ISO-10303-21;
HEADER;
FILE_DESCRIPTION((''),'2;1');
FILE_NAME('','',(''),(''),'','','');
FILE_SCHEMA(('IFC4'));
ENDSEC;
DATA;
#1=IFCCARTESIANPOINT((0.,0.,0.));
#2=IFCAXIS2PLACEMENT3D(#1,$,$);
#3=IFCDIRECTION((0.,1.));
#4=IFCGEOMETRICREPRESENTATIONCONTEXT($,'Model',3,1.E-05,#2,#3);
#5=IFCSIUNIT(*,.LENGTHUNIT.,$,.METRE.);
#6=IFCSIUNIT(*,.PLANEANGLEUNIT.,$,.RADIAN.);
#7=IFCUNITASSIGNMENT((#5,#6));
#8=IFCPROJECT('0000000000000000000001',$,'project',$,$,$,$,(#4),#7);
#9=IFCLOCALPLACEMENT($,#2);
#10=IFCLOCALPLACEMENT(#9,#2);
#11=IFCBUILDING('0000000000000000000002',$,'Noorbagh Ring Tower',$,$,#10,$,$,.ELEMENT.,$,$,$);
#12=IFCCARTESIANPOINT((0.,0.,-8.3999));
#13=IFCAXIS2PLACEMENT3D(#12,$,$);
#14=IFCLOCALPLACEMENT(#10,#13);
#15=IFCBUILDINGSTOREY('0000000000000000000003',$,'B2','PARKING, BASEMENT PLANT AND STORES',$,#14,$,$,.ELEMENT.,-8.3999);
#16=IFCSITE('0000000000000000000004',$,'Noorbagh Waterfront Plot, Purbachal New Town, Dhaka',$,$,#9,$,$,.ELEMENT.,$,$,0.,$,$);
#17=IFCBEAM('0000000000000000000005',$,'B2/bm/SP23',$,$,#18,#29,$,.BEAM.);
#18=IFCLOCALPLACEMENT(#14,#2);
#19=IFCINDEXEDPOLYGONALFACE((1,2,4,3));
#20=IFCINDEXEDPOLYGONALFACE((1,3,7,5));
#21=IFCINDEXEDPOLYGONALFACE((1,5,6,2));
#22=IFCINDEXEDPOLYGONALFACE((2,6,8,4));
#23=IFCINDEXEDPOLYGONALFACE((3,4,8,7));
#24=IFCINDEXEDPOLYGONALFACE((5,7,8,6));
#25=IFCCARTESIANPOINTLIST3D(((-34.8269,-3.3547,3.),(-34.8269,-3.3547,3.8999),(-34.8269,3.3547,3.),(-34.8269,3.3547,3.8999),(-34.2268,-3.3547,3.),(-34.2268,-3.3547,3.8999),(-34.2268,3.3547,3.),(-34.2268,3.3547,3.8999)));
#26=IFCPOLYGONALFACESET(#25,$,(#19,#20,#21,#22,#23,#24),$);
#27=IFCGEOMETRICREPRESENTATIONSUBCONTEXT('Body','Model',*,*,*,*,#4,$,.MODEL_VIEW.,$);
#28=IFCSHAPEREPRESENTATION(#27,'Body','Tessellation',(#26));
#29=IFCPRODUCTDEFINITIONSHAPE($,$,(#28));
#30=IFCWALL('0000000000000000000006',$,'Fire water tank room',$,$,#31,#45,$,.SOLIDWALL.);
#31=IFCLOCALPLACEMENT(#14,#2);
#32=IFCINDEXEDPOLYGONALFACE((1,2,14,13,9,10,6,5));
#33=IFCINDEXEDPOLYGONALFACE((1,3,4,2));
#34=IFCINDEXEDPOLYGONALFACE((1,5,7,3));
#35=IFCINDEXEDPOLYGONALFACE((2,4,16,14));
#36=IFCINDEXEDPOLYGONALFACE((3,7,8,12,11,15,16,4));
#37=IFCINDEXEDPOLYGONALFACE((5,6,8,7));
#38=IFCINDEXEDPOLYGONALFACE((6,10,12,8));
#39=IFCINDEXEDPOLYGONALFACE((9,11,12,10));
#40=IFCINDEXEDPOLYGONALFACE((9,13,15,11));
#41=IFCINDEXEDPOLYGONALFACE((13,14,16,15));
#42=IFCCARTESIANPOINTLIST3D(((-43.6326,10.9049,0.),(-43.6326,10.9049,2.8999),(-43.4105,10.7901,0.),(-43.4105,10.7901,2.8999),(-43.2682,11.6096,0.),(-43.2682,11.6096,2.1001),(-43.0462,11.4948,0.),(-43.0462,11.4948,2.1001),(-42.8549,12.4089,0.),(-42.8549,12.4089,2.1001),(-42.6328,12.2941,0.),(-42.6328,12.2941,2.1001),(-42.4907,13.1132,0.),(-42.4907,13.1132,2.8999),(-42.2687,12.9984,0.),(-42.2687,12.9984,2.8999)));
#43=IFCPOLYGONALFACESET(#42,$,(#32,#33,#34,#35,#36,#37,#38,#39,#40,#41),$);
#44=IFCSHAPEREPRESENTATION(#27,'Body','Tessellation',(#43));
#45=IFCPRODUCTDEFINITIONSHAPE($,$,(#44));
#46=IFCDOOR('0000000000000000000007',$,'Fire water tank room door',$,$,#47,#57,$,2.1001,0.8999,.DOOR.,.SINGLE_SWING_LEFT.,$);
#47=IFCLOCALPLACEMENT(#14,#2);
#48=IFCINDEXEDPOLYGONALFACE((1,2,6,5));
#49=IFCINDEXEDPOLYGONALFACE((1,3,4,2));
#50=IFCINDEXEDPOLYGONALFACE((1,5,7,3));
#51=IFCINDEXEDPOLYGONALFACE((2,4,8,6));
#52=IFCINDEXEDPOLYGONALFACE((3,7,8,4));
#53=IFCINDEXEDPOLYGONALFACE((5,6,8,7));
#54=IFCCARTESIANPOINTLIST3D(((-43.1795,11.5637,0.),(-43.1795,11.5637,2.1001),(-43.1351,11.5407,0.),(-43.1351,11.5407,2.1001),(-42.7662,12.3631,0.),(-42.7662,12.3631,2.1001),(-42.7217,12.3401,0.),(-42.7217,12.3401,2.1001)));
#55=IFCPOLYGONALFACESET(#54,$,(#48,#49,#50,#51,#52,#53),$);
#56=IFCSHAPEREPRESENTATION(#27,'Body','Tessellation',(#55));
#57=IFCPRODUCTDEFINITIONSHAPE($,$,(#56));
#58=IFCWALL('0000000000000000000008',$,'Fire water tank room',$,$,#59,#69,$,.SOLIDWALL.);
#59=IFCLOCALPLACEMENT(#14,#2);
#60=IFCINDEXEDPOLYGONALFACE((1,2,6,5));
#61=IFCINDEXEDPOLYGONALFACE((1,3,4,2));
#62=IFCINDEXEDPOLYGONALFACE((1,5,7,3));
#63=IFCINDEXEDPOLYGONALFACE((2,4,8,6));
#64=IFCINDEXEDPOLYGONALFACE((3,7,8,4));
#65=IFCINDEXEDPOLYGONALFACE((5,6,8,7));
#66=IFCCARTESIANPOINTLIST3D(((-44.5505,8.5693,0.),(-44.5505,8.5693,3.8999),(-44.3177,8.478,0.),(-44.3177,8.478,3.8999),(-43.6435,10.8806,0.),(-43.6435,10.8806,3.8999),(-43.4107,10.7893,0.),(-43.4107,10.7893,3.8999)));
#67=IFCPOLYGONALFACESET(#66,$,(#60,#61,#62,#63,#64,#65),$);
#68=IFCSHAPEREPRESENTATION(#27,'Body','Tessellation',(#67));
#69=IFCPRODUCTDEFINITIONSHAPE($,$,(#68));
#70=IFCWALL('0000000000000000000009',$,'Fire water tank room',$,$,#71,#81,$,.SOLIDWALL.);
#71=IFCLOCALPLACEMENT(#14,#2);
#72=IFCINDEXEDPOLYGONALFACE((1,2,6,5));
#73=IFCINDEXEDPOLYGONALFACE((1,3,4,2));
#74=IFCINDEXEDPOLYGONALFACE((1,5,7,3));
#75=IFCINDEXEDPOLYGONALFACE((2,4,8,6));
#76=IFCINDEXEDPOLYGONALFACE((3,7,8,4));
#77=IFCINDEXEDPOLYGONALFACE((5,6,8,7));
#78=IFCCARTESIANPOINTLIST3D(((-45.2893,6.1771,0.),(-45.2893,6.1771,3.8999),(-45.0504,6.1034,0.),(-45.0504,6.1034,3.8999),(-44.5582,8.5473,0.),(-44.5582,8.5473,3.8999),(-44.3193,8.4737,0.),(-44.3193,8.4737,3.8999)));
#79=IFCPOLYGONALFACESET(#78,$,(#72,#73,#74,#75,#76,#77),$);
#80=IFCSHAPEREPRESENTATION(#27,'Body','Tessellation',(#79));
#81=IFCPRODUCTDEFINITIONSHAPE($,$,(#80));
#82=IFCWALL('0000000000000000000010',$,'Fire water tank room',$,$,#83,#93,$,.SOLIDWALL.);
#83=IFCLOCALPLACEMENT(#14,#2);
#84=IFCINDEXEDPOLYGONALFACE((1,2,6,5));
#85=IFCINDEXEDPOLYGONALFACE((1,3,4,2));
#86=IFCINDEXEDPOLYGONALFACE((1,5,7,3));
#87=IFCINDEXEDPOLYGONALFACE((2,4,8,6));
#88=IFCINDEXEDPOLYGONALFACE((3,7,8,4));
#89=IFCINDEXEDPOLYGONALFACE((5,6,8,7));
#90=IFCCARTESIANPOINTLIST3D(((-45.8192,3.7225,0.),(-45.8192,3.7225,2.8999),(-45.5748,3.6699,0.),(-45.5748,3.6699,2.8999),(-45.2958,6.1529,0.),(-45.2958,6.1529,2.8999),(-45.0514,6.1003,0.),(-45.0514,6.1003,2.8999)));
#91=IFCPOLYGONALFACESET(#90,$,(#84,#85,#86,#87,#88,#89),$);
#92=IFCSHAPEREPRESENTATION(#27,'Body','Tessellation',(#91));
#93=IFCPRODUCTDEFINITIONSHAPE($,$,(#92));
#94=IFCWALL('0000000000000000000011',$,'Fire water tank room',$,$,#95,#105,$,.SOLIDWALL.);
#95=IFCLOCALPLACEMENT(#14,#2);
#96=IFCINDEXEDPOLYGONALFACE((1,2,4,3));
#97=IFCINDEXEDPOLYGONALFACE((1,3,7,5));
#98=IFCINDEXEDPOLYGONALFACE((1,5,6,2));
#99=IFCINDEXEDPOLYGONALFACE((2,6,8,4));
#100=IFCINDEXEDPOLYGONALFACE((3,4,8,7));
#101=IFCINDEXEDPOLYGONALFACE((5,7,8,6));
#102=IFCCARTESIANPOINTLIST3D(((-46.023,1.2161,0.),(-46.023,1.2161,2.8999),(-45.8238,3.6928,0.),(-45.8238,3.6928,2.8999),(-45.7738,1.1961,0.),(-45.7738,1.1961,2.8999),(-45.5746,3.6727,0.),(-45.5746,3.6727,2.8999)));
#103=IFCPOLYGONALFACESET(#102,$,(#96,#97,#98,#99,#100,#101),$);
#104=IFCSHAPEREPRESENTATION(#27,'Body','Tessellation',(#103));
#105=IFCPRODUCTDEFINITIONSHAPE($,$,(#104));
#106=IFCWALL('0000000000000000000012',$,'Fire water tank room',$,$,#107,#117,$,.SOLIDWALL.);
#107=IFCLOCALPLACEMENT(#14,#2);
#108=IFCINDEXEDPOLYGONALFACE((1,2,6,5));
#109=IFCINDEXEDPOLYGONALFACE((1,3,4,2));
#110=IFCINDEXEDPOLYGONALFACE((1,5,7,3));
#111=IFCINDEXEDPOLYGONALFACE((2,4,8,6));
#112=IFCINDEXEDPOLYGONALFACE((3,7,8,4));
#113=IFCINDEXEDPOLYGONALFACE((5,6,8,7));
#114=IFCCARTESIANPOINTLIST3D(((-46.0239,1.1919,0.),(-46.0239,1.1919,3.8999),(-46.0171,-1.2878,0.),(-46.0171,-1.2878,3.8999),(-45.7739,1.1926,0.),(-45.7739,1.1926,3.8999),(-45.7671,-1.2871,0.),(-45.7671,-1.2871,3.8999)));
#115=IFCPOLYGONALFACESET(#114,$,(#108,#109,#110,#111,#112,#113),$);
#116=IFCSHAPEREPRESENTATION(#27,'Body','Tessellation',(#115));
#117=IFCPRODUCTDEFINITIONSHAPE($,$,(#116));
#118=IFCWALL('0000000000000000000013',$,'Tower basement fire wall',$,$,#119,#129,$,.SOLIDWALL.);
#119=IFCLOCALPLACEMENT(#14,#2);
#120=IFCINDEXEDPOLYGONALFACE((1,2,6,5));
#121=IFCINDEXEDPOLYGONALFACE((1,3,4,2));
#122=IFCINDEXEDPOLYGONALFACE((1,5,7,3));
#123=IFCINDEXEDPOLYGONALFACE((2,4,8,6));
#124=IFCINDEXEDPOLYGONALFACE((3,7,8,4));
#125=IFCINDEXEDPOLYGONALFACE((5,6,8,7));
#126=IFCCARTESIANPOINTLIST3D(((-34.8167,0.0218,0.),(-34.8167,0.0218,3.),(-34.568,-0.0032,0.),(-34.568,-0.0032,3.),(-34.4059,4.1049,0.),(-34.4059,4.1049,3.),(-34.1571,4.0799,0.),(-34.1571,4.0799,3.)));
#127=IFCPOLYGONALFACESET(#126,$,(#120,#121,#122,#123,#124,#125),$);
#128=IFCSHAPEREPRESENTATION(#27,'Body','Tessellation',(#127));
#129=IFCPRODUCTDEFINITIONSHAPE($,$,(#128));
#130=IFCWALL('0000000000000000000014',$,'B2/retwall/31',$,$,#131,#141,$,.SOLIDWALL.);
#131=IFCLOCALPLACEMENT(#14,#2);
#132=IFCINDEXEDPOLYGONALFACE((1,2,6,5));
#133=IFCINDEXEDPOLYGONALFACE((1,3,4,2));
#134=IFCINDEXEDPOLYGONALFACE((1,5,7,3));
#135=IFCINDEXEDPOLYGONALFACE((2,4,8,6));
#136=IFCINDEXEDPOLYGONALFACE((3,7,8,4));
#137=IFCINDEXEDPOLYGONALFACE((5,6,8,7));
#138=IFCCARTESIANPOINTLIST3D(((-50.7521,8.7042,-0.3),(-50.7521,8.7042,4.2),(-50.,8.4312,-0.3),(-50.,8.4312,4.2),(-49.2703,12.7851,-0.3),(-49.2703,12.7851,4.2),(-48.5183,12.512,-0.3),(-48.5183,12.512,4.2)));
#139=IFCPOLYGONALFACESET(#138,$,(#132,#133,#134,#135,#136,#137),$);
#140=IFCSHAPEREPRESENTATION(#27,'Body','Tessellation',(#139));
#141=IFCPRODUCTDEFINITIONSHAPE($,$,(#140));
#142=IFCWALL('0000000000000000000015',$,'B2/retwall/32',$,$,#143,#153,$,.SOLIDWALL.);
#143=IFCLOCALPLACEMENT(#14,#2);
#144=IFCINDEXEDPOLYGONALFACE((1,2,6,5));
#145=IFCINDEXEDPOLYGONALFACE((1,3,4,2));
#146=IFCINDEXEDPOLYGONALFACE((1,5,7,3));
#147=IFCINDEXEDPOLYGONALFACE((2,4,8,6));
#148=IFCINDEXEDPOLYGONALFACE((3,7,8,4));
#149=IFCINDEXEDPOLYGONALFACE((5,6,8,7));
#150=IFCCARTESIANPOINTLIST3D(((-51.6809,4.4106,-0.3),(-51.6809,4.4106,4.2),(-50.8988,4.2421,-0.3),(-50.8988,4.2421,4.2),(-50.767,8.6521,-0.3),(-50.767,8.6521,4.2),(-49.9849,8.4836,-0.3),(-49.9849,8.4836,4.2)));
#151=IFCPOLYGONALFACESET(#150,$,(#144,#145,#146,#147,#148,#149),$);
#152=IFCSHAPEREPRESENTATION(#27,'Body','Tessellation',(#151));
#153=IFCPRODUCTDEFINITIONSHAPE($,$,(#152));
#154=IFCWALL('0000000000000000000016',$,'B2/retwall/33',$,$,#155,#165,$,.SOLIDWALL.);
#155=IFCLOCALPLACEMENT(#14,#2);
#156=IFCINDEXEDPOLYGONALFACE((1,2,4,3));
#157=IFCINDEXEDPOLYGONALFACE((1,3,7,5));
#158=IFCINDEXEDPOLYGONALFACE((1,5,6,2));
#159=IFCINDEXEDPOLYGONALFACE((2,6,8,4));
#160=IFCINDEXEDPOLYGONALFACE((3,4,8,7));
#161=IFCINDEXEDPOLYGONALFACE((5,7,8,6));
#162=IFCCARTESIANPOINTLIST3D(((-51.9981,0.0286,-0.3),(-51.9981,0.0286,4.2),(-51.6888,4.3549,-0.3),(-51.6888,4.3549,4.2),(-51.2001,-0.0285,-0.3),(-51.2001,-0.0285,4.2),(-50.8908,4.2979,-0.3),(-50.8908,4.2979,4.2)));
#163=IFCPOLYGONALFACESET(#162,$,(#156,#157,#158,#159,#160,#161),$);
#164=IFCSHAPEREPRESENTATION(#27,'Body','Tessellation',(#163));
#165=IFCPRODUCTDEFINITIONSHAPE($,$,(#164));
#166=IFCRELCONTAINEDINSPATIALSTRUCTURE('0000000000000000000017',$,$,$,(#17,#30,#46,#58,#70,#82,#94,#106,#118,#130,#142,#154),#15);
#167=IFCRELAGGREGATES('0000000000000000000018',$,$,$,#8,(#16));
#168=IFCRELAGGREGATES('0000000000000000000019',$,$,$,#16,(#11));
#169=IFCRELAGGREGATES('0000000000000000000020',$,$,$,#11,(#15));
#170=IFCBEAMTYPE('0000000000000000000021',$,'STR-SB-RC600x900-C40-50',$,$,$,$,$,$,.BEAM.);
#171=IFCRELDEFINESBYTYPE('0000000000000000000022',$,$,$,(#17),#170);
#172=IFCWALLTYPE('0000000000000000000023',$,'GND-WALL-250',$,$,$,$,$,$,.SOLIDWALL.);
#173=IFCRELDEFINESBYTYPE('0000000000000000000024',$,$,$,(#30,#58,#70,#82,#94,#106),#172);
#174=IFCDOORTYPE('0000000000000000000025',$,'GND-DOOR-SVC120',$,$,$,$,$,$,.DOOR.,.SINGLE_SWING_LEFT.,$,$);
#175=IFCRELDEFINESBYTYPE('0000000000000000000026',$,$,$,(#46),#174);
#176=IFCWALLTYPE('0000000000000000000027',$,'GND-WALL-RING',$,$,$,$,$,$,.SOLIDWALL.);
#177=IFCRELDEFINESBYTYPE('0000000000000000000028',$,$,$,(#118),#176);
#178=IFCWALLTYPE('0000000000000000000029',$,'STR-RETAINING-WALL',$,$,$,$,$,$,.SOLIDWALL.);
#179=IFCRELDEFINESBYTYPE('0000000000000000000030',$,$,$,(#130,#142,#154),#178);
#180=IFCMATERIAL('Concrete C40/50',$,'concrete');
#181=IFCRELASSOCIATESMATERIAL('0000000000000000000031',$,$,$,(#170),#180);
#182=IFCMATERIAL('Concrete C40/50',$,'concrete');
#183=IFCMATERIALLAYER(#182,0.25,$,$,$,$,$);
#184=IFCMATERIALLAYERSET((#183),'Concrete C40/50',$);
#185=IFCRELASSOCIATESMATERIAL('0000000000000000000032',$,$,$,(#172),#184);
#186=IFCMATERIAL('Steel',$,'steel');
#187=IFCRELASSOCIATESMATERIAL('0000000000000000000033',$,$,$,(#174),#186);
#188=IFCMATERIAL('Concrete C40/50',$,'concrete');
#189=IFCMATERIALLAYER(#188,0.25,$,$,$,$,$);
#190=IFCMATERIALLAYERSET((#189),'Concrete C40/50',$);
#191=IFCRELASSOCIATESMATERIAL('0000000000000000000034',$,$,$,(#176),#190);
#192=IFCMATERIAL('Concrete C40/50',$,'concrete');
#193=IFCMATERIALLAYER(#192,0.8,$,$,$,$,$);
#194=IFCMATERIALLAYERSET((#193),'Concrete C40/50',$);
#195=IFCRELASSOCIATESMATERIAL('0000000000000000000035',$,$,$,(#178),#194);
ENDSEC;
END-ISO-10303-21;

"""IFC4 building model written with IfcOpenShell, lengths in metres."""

from ifc_helpers import new_model, si_unit, direction, frame, frame_2d, origin, origin_2d, place, context, subcontext, project, spatial, rectangle, extrude, material, layer, layer_set, material_profile, profile_set, type_object, element, fill, save


model = new_model("IFC4")

# Units and contexts
model_context = context("Model", 3, precision=1e-05, world=origin(), true_north=direction((0.0, 1.0)))
body_context = subcontext(model_context, "Body", "Model", "MODEL_VIEW")
ifc_project = project(units=[si_unit("LENGTHUNIT", "METRE"), si_unit("PLANEANGLEUNIT", "RADIAN")], contexts=[model_context])

# Site, building, storey
site_placement = place(None, origin())
site = spatial("IfcSite", under=ifc_project, at=site_placement, Name="Noorbagh Waterfront Plot, Purbachal New Town, Dhaka", CompositionType="ELEMENT", RefElevation=0.0)
building_placement = place(site_placement, origin())
building = spatial("IfcBuilding", under=site, at=building_placement, Name="Noorbagh Ring Tower", CompositionType="ELEMENT")
storey_placement = place(building_placement, frame((0.0, 0.0, -8.3999)))
storey = spatial("IfcBuildingStorey", under=building, at=storey_placement, Name="B2", Description="PARKING, BASEMENT PLANT AND STORES", CompositionType="ELEMENT", Elevation=-8.3999)

# Beam
ifc_material_1 = material(Name="Concrete C40/50", Category="concrete")
ifc_material_profile_1 = material_profile(ifc_material_1, rectangle(XDim=0.6001, YDim=0.8999, at=origin_2d()), Name="RC600x900")
ifc_profile_set_1 = profile_set([ifc_material_profile_1], Name="Concrete C40/50")
beam_type_1 = type_object("IfcBeamType", Name="STR-SB-RC600x900-C40-50", PredefinedType="BEAM", material=ifc_profile_set_1)
beam_1_placement = place(storey_placement, frame((-34.5269, 3.3547, 3.45), z_axis=(0.0, -1.0, 0.0), x_axis=(1.0, 0.0, 0.0)))
element("IfcBeam", 1, at=beam_1_placement, inside=storey, type_object=beam_type_1, Name="B2/bm/SP23", PredefinedType="BEAM", context=body_context, shape_type="SweptSolid", body=[
    extrude(rectangle(XDim=0.6001, YDim=0.8999, at=origin_2d()), origin(), (0.0, 0.0, 1.0), 6.7095),
])

# Wall, opening, door
ifc_material_2 = material(Name="Concrete C40/50", Category="concrete")
ifc_layer_1 = layer(ifc_material_2, 0.25)
ifc_layer_set_1 = layer_set([ifc_layer_1], Name="Concrete C40/50")
wall_type_1 = type_object("IfcWallType", Name="GND-WALL-250", PredefinedType="SOLIDWALL", material=ifc_layer_set_1)
wall_1_placement = place(storey_placement, frame((-42.3796, 13.0559, 0.0), z_axis=(0.0, 0.0, 1.0), x_axis=(-0.459311, -0.888276, 0.0)))
wall_1 = element("IfcWall", 2, at=wall_1_placement, inside=storey, type_object=wall_type_1, Name="Fire water tank room", PredefinedType="SOLIDWALL", context=body_context, shape_type="SweptSolid", body=[
    extrude(rectangle(XDim=2.4861, YDim=0.25, at=frame_2d((1.2432, 0.0))), origin(), (0.0, 0.0, 1.0), 2.8999),
])
opening_placement = place(wall_1_placement, frame((0.793, 0.0, 0.0)))
opening = element("IfcOpeningElement", 3, at=opening_placement, cuts=wall_1, PredefinedType="OPENING", context=body_context, shape_type="SweptSolid", body=[
    extrude(rectangle(XDim=0.8999, YDim=2.1001, at=frame_2d((0.45, 1.05))), frame((0.0, 0.135, 0.0), z_axis=(0.0, -1.0, 0.0), x_axis=(1.0, 0.0, 0.0)), (0.0, 0.0, 1.0), 0.27),
])
ifc_material_3 = material(Name="Steel", Category="steel")
door_type = type_object("IfcDoorType", Name="GND-DOOR-SVC120", OperationType="SINGLE_SWING_LEFT", PredefinedType="DOOR", material=ifc_material_3)
door_placement = place(opening_placement, origin())
door = element("IfcDoor", 4, at=door_placement, inside=storey, type_object=door_type, Name="Fire water tank room door", OperationType="SINGLE_SWING_LEFT", OverallHeight=2.1001, OverallWidth=0.8999, PredefinedType="DOOR", context=body_context, shape_type="SweptSolid", body=[
    extrude(rectangle(XDim=0.8999, YDim=2.1001, at=frame_2d((0.45, 1.05))), frame((0.0, 0.0249, 0.0), z_axis=(0.0, -1.0, 0.0), x_axis=(1.0, 0.0, 0.0)), (0.0, 0.0, 1.0), 0.05),
])
fill(opening, door)

# Walls
wall_2_placement = place(storey_placement, frame((-43.5271, 10.835, 0.0), z_axis=(0.0, 0.0, 1.0), x_axis=(-0.365296, -0.930891, 0.0)))
element("IfcWall", 5, at=wall_2_placement, inside=storey, type_object=wall_type_1, Name="Fire water tank room", PredefinedType="SOLIDWALL", context=body_context, shape_type="SweptSolid", body=[
    extrude(rectangle(XDim=2.4829, YDim=0.25, at=frame_2d((1.2415, 0.0))), origin(), (0.0, 0.0, 1.0), 3.8999),
])
wall_3_placement = place(storey_placement, frame((-44.4387, 8.5105, 0.0), z_axis=(0.0, 0.0, 1.0), x_axis=(-0.29477, -0.955568, 0.0)))
element("IfcWall", 6, at=wall_3_placement, inside=storey, type_object=wall_type_1, Name="Fire water tank room", PredefinedType="SOLIDWALL", context=body_context, shape_type="SweptSolid", body=[
    extrude(rectangle(XDim=2.4805, YDim=0.25, at=frame_2d((1.2402, 0.0))), origin(), (0.0, 0.0, 1.0), 3.8999),
])
wall_4_placement = place(storey_placement, frame((-45.1736, 6.1267, 0.0), z_axis=(0.0, 0.0, 1.0), x_axis=(-0.210542, -0.977585, 0.0)))
element("IfcWall", 7, at=wall_4_placement, inside=storey, type_object=wall_type_1, Name="Fire water tank room", PredefinedType="SOLIDWALL", context=body_context, shape_type="SweptSolid", body=[
    extrude(rectangle(XDim=2.4861, YDim=0.25, at=frame_2d((1.2432, 0.0))), origin(), (0.0, 0.0, 1.0), 2.8999),
])
wall_5_placement = place(storey_placement, frame((-45.6992, 3.6826, 0.0), z_axis=(0.0, 0.0, 1.0), x_axis=(-0.080183, -0.99678, 0.0)))
element("IfcWall", 8, at=wall_5_placement, inside=storey, type_object=wall_type_1, Name="Fire water tank room", PredefinedType="SOLIDWALL", context=body_context, shape_type="SweptSolid", body=[
    extrude(rectangle(XDim=2.4846, YDim=0.25, at=frame_2d((1.2422, 0.0))), origin(), (0.0, 0.0, 1.0), 2.8999),
])
wall_6_placement = place(storey_placement, frame((-45.8989, 1.1921, 0.0), z_axis=(0.0, 0.0, 1.0), x_axis=(0.002757, -0.999996, 0.0)))
element("IfcWall", 9, at=wall_6_placement, inside=storey, type_object=wall_type_1, Name="Fire water tank room", PredefinedType="SOLIDWALL", context=body_context, shape_type="SweptSolid", body=[
    extrude(rectangle(XDim=2.4797, YDim=0.25, at=frame_2d((1.2397, 0.0))), origin(), (0.0, 0.0, 1.0), 3.8999),
])
ifc_material_4 = material(Name="Concrete C40/50", Category="concrete")
ifc_layer_2 = layer(ifc_material_4, 0.25)
ifc_layer_set_2 = layer_set([ifc_layer_2], Name="Concrete C40/50")
wall_type_2 = type_object("IfcWallType", Name="GND-WALL-RING", PredefinedType="SOLIDWALL", material=ifc_layer_set_2)
wall_7_placement = place(storey_placement, frame((-34.2815, 4.0923, 0.0), z_axis=(0.0, 0.0, 1.0), x_axis=(-0.100122, -0.994975, 0.0)))
element("IfcWall", 10, at=wall_7_placement, inside=storey, type_object=wall_type_2, Name="Tower basement fire wall", PredefinedType="SOLIDWALL", context=body_context, shape_type="SweptSolid", body=[
    extrude(rectangle(XDim=4.1038, YDim=0.25, at=frame_2d((2.0518, 0.0))), origin(), (0.0, 0.0, 1.0), 3.0),
])
ifc_material_5 = material(Name="Concrete C40/50", Category="concrete")
ifc_layer_3 = layer(ifc_material_5, 0.8)
ifc_layer_set_3 = layer_set([ifc_layer_3], Name="Concrete C40/50")
wall_type_3 = type_object("IfcWallType", Name="STR-RETAINING-WALL", PredefinedType="SOLIDWALL", material=ifc_layer_set_3)
wall_8_placement = place(storey_placement, frame((-48.8943, 12.6487, -0.3), z_axis=(0.0, 0.0, 1.0), x_axis=(-0.341287, -0.939959, 0.0)))
element("IfcWall", 11, at=wall_8_placement, inside=storey, type_object=wall_type_3, Name="B2/retwall/31", PredefinedType="SOLIDWALL", context=body_context, shape_type="SweptSolid", body=[
    extrude(rectangle(XDim=4.3416, YDim=0.8, at=frame_2d((2.1709, 0.0))), origin(), (0.0, 0.0, 1.0), 4.5),
])
wall_9_placement = place(storey_placement, frame((-50.376, 8.5679, -0.3), z_axis=(0.0, 0.0, 1.0), x_axis=(-0.210616, -0.977569, 0.0)))
element("IfcWall", 12, at=wall_9_placement, inside=storey, type_object=wall_type_3, Name="B2/retwall/32", PredefinedType="SOLIDWALL", context=body_context, shape_type="SweptSolid", body=[
    extrude(rectangle(XDim=4.3389, YDim=0.8, at=frame_2d((2.1694, 0.0))), origin(), (0.0, 0.0, 1.0), 4.5),
])
wall_10_placement = place(storey_placement, frame((-51.2898, 4.3264, -0.3), z_axis=(0.0, 0.0, 1.0), x_axis=(-0.071315, -0.997454, 0.0)))
element("IfcWall", 13, at=wall_10_placement, inside=storey, type_object=wall_type_3, Name="B2/retwall/33", PredefinedType="SOLIDWALL", context=body_context, shape_type="SweptSolid", body=[
    extrude(rectangle(XDim=4.3374, YDim=0.8, at=frame_2d((2.1687, 0.0))), origin(), (0.0, 0.0, 1.0), 4.5),
])

save(model, "model.ifc")
